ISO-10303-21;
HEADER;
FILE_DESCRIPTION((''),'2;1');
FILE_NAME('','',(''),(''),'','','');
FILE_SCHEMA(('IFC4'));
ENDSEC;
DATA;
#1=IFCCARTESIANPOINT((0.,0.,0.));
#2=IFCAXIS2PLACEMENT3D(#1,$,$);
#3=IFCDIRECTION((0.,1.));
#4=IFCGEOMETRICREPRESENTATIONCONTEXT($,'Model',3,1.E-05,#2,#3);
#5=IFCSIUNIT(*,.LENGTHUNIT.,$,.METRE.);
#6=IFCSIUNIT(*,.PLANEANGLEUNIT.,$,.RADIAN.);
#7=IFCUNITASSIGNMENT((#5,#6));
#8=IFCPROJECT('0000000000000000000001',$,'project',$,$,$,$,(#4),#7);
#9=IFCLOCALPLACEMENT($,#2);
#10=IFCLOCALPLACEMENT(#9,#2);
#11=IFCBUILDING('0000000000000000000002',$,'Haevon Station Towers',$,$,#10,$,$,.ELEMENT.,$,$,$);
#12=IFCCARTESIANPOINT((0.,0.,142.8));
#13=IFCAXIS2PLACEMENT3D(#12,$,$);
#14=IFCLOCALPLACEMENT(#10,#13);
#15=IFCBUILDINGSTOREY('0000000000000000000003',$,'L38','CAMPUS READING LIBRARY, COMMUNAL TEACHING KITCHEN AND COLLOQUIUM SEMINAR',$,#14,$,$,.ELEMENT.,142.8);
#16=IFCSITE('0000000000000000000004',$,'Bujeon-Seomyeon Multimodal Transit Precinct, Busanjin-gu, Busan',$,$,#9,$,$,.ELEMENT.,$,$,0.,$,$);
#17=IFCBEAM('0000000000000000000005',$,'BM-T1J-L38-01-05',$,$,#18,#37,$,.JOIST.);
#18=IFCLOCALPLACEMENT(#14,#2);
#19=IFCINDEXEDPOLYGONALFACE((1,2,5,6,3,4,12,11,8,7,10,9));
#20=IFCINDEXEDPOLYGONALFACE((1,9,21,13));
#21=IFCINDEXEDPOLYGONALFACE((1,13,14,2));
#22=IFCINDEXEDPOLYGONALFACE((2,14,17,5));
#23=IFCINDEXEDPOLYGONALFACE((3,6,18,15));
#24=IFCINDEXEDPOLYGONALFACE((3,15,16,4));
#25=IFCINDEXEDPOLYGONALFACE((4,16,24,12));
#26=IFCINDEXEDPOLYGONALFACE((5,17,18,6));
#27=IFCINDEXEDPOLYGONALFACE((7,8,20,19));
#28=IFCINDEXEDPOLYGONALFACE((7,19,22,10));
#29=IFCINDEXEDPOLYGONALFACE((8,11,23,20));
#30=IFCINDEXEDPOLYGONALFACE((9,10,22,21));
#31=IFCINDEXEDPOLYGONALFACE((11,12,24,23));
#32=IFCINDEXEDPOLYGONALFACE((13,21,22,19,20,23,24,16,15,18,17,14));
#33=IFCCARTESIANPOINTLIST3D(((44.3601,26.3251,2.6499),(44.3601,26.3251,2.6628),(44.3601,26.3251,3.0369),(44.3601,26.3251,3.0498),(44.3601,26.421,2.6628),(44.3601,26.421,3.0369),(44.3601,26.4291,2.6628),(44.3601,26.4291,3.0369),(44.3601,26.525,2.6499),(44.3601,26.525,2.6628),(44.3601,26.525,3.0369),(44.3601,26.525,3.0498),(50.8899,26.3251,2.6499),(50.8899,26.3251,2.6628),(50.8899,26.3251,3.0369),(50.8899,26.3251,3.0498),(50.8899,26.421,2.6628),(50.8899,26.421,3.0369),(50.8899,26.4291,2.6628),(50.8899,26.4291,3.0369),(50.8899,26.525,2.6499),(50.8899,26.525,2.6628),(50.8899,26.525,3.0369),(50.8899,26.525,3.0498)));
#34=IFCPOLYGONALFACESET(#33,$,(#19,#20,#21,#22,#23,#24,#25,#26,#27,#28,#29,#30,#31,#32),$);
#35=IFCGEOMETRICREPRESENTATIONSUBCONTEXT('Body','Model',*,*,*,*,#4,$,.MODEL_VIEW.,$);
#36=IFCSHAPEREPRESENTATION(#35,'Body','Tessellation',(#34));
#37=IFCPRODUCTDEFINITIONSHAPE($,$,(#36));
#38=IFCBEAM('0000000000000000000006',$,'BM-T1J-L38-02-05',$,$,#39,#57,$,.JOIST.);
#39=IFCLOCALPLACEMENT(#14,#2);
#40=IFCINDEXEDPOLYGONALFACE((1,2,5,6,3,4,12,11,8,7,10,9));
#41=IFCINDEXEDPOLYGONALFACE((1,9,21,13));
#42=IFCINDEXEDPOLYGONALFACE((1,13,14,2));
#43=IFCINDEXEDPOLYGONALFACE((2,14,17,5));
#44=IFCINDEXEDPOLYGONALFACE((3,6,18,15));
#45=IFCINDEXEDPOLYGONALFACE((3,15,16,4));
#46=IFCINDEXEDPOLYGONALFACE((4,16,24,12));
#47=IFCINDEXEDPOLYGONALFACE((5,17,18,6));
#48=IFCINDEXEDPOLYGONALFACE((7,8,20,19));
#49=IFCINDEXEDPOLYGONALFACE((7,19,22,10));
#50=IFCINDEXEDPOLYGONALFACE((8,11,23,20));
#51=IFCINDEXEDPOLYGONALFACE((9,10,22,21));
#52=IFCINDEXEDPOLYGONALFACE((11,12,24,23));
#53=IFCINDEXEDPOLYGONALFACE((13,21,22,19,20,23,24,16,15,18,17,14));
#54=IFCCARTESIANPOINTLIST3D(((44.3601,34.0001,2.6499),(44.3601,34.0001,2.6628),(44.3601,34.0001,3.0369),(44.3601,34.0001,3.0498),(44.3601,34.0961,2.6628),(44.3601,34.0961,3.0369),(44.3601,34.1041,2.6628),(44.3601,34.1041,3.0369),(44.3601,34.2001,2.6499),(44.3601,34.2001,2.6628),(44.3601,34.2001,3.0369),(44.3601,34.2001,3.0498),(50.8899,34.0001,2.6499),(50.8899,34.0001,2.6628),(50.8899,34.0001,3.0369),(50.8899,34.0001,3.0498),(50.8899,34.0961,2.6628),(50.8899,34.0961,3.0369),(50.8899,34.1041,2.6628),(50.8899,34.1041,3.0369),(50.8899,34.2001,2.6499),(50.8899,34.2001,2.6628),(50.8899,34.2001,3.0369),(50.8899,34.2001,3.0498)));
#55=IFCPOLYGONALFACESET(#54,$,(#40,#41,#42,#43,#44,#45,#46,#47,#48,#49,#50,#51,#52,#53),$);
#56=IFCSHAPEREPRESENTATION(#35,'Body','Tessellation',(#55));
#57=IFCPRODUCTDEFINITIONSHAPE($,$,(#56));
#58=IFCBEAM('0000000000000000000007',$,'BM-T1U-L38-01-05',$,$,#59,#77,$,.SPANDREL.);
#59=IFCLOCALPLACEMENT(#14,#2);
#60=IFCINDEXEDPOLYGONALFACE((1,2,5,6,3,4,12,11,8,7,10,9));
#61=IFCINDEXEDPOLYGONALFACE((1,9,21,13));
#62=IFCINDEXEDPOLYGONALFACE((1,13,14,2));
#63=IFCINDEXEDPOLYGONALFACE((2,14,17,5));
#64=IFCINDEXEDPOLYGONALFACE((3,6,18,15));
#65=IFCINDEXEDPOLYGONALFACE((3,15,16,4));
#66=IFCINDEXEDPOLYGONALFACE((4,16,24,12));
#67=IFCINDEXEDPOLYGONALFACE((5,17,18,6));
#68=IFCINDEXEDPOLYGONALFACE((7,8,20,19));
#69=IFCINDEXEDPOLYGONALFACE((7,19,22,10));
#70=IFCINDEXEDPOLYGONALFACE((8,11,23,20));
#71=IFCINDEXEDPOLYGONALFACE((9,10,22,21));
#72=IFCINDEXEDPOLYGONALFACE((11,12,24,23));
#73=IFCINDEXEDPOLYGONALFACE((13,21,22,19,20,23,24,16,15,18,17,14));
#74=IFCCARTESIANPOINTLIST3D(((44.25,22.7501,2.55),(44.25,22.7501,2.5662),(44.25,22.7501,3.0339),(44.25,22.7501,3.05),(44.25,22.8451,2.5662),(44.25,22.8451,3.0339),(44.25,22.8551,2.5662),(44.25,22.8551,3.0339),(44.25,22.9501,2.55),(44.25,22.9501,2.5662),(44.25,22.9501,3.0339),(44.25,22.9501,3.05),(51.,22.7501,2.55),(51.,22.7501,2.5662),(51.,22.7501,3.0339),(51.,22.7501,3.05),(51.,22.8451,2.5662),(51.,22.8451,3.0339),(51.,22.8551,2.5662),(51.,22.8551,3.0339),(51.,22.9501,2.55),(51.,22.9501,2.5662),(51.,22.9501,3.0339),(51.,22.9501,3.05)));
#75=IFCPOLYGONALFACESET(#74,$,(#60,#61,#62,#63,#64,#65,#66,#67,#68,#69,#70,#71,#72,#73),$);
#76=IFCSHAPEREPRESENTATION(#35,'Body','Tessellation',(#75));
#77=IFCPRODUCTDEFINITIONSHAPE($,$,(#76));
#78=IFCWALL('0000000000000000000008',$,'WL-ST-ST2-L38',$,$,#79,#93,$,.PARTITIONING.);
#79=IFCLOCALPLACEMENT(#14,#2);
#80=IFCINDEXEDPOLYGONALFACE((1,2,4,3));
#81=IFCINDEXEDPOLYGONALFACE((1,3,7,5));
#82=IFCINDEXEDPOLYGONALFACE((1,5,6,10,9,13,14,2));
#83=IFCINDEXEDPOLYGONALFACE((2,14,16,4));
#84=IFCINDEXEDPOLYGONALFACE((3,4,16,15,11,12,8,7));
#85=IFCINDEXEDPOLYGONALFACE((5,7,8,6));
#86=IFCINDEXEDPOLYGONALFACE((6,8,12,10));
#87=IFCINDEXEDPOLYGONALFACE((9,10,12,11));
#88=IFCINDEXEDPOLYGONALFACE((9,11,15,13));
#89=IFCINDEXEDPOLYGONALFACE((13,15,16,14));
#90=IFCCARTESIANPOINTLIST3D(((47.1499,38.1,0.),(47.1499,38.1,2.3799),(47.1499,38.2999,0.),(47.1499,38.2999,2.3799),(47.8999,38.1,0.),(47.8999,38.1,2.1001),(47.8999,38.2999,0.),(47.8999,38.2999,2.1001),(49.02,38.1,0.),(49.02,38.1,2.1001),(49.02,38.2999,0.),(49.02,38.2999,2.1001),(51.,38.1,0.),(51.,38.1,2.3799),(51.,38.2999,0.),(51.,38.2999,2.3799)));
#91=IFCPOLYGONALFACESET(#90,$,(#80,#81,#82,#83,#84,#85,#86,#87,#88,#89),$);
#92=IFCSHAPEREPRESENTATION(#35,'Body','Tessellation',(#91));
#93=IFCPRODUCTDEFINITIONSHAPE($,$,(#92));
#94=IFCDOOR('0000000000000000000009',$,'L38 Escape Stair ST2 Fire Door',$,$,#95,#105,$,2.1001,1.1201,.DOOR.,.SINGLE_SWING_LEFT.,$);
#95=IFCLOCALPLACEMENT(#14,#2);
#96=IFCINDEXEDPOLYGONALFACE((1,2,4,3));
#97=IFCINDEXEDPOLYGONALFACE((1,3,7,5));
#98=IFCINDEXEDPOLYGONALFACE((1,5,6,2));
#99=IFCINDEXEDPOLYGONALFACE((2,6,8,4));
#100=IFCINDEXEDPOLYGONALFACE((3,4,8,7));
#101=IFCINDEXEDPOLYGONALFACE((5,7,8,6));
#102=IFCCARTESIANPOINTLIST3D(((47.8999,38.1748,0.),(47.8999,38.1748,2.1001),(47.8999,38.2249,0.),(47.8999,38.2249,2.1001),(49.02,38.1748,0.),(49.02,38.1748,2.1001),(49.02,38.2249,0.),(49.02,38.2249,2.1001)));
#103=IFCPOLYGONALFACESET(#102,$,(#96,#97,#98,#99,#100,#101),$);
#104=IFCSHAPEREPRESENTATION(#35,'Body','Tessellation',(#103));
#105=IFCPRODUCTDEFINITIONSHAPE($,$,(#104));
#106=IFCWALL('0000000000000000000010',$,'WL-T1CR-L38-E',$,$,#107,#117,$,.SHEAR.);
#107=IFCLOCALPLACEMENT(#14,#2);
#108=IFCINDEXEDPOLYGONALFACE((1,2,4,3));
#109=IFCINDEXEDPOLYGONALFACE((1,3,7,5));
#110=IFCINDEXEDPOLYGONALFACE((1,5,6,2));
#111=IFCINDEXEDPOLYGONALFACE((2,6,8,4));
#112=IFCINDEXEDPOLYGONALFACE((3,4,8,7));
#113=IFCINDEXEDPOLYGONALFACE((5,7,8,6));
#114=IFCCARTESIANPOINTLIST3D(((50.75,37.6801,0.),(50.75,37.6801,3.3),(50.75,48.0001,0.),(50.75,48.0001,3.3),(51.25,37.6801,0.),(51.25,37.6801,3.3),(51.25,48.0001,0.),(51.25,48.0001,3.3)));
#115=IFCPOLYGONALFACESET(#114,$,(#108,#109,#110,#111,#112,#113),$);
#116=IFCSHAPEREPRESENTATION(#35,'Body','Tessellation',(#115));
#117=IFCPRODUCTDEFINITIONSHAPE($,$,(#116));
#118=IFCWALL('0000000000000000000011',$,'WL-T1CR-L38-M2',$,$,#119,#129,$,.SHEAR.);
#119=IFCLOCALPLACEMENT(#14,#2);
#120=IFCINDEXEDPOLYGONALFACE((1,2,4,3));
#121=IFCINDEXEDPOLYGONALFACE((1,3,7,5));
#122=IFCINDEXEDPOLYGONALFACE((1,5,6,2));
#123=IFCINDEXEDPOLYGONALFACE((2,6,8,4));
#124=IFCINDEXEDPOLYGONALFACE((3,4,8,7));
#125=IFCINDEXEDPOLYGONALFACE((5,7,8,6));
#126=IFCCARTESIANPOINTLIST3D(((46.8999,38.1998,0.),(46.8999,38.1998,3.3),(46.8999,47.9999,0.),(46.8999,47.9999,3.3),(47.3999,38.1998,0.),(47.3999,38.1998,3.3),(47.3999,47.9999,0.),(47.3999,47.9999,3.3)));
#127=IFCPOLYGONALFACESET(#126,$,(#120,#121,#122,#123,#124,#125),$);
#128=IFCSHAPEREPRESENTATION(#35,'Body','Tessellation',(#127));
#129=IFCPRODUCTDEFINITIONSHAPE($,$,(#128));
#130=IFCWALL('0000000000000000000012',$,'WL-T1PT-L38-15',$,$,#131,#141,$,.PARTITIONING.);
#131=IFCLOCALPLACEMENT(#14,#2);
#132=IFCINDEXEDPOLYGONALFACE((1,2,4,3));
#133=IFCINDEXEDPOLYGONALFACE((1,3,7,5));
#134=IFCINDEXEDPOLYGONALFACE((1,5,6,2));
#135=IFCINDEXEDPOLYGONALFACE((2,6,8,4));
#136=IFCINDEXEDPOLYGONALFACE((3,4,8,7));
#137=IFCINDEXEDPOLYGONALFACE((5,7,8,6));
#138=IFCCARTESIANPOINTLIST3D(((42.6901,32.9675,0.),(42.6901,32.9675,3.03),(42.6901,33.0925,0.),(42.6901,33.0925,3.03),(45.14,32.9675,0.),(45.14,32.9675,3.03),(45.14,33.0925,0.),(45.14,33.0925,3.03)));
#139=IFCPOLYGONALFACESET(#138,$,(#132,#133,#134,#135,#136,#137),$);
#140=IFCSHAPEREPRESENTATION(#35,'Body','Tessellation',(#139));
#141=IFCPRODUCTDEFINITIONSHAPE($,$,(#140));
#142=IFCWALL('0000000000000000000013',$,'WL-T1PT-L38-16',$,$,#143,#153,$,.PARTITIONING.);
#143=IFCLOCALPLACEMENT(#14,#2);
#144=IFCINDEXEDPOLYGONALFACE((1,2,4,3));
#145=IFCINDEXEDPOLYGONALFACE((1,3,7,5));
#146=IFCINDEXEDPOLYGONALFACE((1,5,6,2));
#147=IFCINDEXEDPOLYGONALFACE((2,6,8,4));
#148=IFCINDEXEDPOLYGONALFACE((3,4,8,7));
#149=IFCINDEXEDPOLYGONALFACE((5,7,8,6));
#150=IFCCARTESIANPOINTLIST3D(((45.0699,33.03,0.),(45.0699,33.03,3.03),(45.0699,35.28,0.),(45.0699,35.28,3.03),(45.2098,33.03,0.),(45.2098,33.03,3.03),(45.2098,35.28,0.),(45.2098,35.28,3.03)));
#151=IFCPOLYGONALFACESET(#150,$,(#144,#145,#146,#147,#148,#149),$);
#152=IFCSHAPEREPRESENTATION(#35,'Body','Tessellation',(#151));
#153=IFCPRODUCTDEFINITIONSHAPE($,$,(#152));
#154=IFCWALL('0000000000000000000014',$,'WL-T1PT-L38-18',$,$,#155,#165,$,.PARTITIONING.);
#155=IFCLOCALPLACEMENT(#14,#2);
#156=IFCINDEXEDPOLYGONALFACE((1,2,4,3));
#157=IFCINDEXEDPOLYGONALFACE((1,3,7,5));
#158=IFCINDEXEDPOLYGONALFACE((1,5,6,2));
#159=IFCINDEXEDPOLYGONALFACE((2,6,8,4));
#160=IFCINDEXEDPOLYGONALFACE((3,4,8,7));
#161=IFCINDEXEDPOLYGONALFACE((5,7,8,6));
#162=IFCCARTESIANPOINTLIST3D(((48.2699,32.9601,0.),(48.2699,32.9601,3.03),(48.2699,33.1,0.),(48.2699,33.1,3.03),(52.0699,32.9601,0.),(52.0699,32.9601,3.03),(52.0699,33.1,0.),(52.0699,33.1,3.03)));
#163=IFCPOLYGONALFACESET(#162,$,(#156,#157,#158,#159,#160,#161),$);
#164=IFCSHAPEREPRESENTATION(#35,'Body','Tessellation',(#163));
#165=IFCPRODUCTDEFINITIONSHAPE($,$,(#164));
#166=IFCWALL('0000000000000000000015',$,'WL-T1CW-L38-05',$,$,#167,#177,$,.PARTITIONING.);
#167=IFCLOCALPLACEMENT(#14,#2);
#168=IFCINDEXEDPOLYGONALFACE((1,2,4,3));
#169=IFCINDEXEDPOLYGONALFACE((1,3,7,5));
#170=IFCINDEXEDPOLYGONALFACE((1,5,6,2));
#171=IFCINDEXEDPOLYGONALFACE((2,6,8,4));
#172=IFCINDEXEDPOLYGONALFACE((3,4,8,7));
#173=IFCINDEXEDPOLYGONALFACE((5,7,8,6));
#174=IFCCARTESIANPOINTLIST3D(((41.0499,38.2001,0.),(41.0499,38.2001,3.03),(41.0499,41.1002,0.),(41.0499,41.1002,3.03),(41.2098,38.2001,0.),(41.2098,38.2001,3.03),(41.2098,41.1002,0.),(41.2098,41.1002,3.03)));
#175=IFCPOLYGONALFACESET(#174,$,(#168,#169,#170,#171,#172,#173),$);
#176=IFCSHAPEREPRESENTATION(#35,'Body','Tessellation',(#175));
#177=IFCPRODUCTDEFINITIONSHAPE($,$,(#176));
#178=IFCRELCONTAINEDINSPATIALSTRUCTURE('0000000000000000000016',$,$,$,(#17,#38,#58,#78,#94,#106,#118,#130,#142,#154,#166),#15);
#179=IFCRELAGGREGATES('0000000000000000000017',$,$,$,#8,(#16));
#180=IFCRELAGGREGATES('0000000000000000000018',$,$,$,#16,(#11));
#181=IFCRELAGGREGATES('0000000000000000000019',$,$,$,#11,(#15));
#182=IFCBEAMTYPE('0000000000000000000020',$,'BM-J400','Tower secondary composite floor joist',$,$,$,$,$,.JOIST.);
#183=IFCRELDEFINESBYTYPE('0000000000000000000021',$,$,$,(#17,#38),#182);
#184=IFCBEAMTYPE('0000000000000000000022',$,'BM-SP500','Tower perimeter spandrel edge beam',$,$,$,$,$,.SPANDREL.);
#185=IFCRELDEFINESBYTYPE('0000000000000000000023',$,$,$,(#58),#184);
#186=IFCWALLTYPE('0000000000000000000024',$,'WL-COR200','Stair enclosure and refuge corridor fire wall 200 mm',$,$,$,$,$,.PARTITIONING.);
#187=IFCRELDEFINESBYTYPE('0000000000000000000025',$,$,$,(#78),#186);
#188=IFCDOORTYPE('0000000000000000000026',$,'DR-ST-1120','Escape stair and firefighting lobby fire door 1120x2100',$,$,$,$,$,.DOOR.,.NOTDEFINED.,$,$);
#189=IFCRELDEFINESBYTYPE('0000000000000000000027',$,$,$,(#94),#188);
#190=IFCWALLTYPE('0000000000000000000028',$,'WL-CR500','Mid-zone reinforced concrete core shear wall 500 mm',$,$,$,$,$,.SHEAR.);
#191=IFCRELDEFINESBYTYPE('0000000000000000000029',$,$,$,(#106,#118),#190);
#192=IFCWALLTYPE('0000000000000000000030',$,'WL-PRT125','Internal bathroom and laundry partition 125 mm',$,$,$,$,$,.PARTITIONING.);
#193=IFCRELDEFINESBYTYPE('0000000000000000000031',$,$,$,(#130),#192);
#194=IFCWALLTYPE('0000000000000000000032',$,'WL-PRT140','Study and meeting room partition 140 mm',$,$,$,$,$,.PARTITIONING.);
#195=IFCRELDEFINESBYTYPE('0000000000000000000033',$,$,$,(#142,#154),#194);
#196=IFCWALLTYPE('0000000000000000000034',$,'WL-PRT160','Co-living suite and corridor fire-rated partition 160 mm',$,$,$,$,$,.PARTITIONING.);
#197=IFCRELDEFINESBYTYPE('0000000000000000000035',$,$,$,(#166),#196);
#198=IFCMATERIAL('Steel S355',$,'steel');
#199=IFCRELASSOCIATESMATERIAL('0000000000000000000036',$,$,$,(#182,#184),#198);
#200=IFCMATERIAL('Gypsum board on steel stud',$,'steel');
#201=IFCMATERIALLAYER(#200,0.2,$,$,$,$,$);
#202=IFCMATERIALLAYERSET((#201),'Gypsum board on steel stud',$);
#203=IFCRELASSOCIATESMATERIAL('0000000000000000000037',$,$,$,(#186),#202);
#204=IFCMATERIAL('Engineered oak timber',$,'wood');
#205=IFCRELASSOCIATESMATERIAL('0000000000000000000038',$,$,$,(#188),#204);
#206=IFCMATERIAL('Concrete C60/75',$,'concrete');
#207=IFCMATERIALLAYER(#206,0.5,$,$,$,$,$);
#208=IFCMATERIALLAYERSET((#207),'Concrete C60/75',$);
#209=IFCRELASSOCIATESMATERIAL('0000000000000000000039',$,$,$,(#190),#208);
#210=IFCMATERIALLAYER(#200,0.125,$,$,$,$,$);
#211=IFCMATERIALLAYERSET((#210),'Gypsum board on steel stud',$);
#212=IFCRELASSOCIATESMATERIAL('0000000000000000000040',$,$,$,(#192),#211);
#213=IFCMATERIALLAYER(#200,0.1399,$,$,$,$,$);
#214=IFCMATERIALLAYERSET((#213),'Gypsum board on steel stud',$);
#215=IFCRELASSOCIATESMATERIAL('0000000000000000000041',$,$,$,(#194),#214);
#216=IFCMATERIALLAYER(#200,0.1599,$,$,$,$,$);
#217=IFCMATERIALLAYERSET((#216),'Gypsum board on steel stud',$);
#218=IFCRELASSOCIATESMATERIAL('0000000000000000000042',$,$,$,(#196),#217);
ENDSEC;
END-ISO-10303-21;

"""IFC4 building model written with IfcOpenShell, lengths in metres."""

from ifc_helpers import new_model, si_unit, direction, frame, frame_2d, origin, origin_2d, place, context, subcontext, project, spatial, rectangle, i_section, extrude, material, layer, layer_set, material_profile, profile_set, type_object, element, fill, save


model = new_model("IFC4")

# Units and contexts
model_context = context("Model", 3, precision=1e-05, world=origin(), true_north=direction((0.0, 1.0)))
body_context = subcontext(model_context, "Body", "Model", "MODEL_VIEW")
ifc_project = project(units=[si_unit("LENGTHUNIT", "METRE"), si_unit("PLANEANGLEUNIT", "RADIAN")], contexts=[model_context])

# Site, building, storey
site_placement = place(None, origin())
site = spatial("IfcSite", under=ifc_project, at=site_placement, Name="Bujeon-Seomyeon Multimodal Transit Precinct, Busanjin-gu, Busan", CompositionType="ELEMENT", RefElevation=0.0)
building_placement = place(site_placement, origin())
building = spatial("IfcBuilding", under=site, at=building_placement, Name="Haevon Station Towers", CompositionType="ELEMENT")
storey_placement = place(building_placement, frame((0.0, 0.0, 142.8)))
storey = spatial("IfcBuildingStorey", under=building, at=storey_placement, Name="L38", Description="CAMPUS READING LIBRARY, COMMUNAL TEACHING KITCHEN AND COLLOQUIUM SEMINAR", CompositionType="ELEMENT", Elevation=142.8)

# Shared definitions
ifc_material_1 = material(Name="Steel S355", Category="steel")

# Beams
ifc_material_profile_1 = material_profile(ifc_material_1, i_section(OverallWidth=0.2, OverallDepth=0.3999, WebThickness=0.0081, FlangeThickness=0.0129, at=origin_2d()), Name="H-400x200x8x13")
ifc_profile_set_1 = profile_set([ifc_material_profile_1], Name="Steel S355")
beam_type_1 = type_object("IfcBeamType", Name="BM-J400", Description="Tower secondary composite floor joist", PredefinedType="JOIST", material=ifc_profile_set_1)
for number, where, z_axis, x_axis, name in (
    (1, (44.3601, 26.425, 2.8499), (1.0, 0.0, 0.0), (0.0, 1.0, 0.0), "BM-T1J-L38-01-05"),
    (2, (44.3601, 34.1001, 2.8499), (1.0, 0.0, 0.0), (0.0, 1.0, 0.0), "BM-T1J-L38-02-05"),
):
    element("IfcBeam", number, at=place(storey_placement, frame(where, z_axis=z_axis, x_axis=x_axis)), inside=storey, type_object=beam_type_1, Name=name, PredefinedType="JOIST", context=body_context, shape_type="SweptSolid", body=[
        extrude(i_section(OverallWidth=0.2, OverallDepth=0.3999, WebThickness=0.0081, FlangeThickness=0.0129, at=origin_2d()), origin(), (0.0, 0.0, 1.0), 6.5298),
    ])
ifc_material_profile_2 = material_profile(ifc_material_1, i_section(OverallWidth=0.2, OverallDepth=0.5, WebThickness=0.01, FlangeThickness=0.0161, at=origin_2d()), Name="H-500x200x10x16")
ifc_profile_set_2 = profile_set([ifc_material_profile_2], Name="Steel S355")
beam_type_2 = type_object("IfcBeamType", Name="BM-SP500", Description="Tower perimeter spandrel edge beam", PredefinedType="SPANDREL", material=ifc_profile_set_2)
beam_1_placement = place(storey_placement, frame((44.25, 22.8501, 2.8), z_axis=(1.0, 0.0, 0.0), x_axis=(0.0, 1.0, 0.0)))
element("IfcBeam", 3, at=beam_1_placement, inside=storey, type_object=beam_type_2, Name="BM-T1U-L38-01-05", PredefinedType="SPANDREL", context=body_context, shape_type="SweptSolid", body=[
    extrude(i_section(OverallWidth=0.2, OverallDepth=0.5, WebThickness=0.01, FlangeThickness=0.0161, at=origin_2d()), origin(), (0.0, 0.0, 1.0), 6.75),
])

# Wall, opening, door
ifc_material_2 = material(Name="Gypsum board on steel stud", Category="steel")
ifc_layer_1 = layer(ifc_material_2, 0.2)
ifc_layer_set_1 = layer_set([ifc_layer_1], Name="Gypsum board on steel stud")
wall_type_1 = type_object("IfcWallType", Name="WL-COR200", Description="Stair enclosure and refuge corridor fire wall 200 mm", PredefinedType="PARTITIONING", material=ifc_layer_set_1)
wall_1_placement = place(storey_placement, frame((47.1499, 38.2, 0.0), z_axis=(0.0, 0.0, 1.0), x_axis=(1.0, 0.0, 0.0)))
wall_1 = element("IfcWall", 4, at=wall_1_placement, inside=storey, type_object=wall_type_1, Name="WL-ST-ST2-L38", PredefinedType="PARTITIONING", context=body_context, shape_type="SweptSolid", body=[
    extrude(rectangle(XDim=3.8501, YDim=0.2, at=frame_2d((1.925, 0.0))), origin(), (0.0, 0.0, 1.0), 2.3799),
])
opening_placement = place(wall_1_placement, frame((0.75, 0.0, 0.0)))
opening = element("IfcOpeningElement", 5, at=opening_placement, cuts=wall_1, PredefinedType="OPENING", context=body_context, shape_type="SweptSolid", body=[
    extrude(rectangle(XDim=1.1201, YDim=2.1001, at=frame_2d((0.5601, 1.05))), frame((0.0, 0.1099, 0.0), z_axis=(0.0, -1.0, 0.0), x_axis=(1.0, 0.0, 0.0)), (0.0, 0.0, 1.0), 0.22),
])
ifc_material_3 = material(Name="Engineered oak timber", Category="wood")
door_type = type_object("IfcDoorType", Name="DR-ST-1120", Description="Escape stair and firefighting lobby fire door 1120x2100", OperationType="NOTDEFINED", PredefinedType="DOOR", material=ifc_material_3)
door_placement = place(opening_placement, origin())
door = element("IfcDoor", 6, at=door_placement, inside=storey, type_object=door_type, Name="L38 Escape Stair ST2 Fire Door", OperationType="SINGLE_SWING_LEFT", OverallHeight=2.1001, OverallWidth=1.1201, PredefinedType="DOOR", context=body_context, shape_type="SweptSolid", body=[
    extrude(rectangle(XDim=1.1201, YDim=2.1001, at=frame_2d((0.5601, 1.05))), frame((0.0, 0.0249, 0.0), z_axis=(0.0, -1.0, 0.0), x_axis=(1.0, 0.0, 0.0)), (0.0, 0.0, 1.0), 0.05),
])
fill(opening, door)

# Walls
ifc_material_4 = material(Name="Concrete C60/75", Category="concrete")
ifc_layer_2 = layer(ifc_material_4, 0.5)
ifc_layer_set_2 = layer_set([ifc_layer_2], Name="Concrete C60/75")
wall_type_2 = type_object("IfcWallType", Name="WL-CR500", Description="Mid-zone reinforced concrete core shear wall 500 mm", PredefinedType="SHEAR", material=ifc_layer_set_2)
wall_2_placement = place(storey_placement, frame((51.0, 37.6799, 0.0), z_axis=(0.0, 0.0, 1.0), x_axis=(0.0, 1.0, 0.0)))
element("IfcWall", 7, at=wall_2_placement, inside=storey, type_object=wall_type_2, Name="WL-T1CR-L38-E", PredefinedType="SHEAR", context=body_context, shape_type="SweptSolid", body=[
    extrude(rectangle(XDim=10.3201, YDim=0.5, at=frame_2d((5.1602, 0.0))), origin(), (0.0, 0.0, 1.0), 3.3),
])
wall_3_placement = place(storey_placement, frame((47.1499, 38.2, 0.0), z_axis=(0.0, 0.0, 1.0), x_axis=(0.0, 1.0, 0.0)))
element("IfcWall", 8, at=wall_3_placement, inside=storey, type_object=wall_type_2, Name="WL-T1CR-L38-M2", PredefinedType="SHEAR", context=body_context, shape_type="SweptSolid", body=[
    extrude(rectangle(XDim=9.8, YDim=0.5, at=frame_2d((4.8999, 0.0))), origin(), (0.0, 0.0, 1.0), 3.3),
])
ifc_layer_3 = layer(ifc_material_2, 0.125)
ifc_layer_set_3 = layer_set([ifc_layer_3], Name="Gypsum board on steel stud")
wall_type_3 = type_object("IfcWallType", Name="WL-PRT125", Description="Internal bathroom and laundry partition 125 mm", PredefinedType="PARTITIONING", material=ifc_layer_set_3)
wall_4_placement = place(storey_placement, frame((42.6899, 33.03, 0.0), z_axis=(0.0, 0.0, 1.0), x_axis=(1.0, 0.0, 0.0)))
element("IfcWall", 9, at=wall_4_placement, inside=storey, type_object=wall_type_3, Name="WL-T1PT-L38-15", PredefinedType="PARTITIONING", context=body_context, shape_type="SweptSolid", body=[
    extrude(rectangle(XDim=2.45, YDim=0.125, at=frame_2d((1.2251, 0.0))), origin(), (0.0, 0.0, 1.0), 3.03),
])
ifc_layer_4 = layer(ifc_material_2, 0.1399)
ifc_layer_set_4 = layer_set([ifc_layer_4], Name="Gypsum board on steel stud")
wall_type_4 = type_object("IfcWallType", Name="WL-PRT140", Description="Study and meeting room partition 140 mm", PredefinedType="PARTITIONING", material=ifc_layer_set_4)
wall_5_placement = place(storey_placement, frame((45.1399, 33.03, 0.0), z_axis=(0.0, 0.0, 1.0), x_axis=(0.0, 1.0, 0.0)))
element("IfcWall", 10, at=wall_5_placement, inside=storey, type_object=wall_type_4, Name="WL-T1PT-L38-16", PredefinedType="PARTITIONING", context=body_context, shape_type="SweptSolid", body=[
    extrude(rectangle(XDim=2.25, YDim=0.1399, at=frame_2d((1.125, 0.0))), origin(), (0.0, 0.0, 1.0), 3.03),
])
wall_6_placement = place(storey_placement, frame((48.27, 33.03, 0.0), z_axis=(0.0, 0.0, 1.0), x_axis=(1.0, 0.0, 0.0)))
element("IfcWall", 11, at=wall_6_placement, inside=storey, type_object=wall_type_4, Name="WL-T1PT-L38-18", PredefinedType="PARTITIONING", context=body_context, shape_type="SweptSolid", body=[
    extrude(rectangle(XDim=3.8, YDim=0.1399, at=frame_2d((1.8999, 0.0))), origin(), (0.0, 0.0, 1.0), 3.03),
])
ifc_layer_5 = layer(ifc_material_2, 0.1599)
ifc_layer_set_5 = layer_set([ifc_layer_5], Name="Gypsum board on steel stud")
wall_type_5 = type_object("IfcWallType", Name="WL-PRT160", Description="Co-living suite and corridor fire-rated partition 160 mm", PredefinedType="PARTITIONING", material=ifc_layer_set_5)
for number, where, z_axis, x_axis, name in (
    (12, (41.1299, 38.2, 0.0), (0.0, 0.0, 1.0), (0.0, 1.0, 0.0), "WL-T1CW-L38-05"),
):
    element("IfcWall", number, at=place(storey_placement, frame(where, z_axis=z_axis, x_axis=x_axis)), inside=storey, type_object=wall_type_5, Name=name, PredefinedType="PARTITIONING", context=body_context, shape_type="SweptSolid", body=[
        extrude(rectangle(XDim=2.9001, YDim=0.1599, at=frame_2d((1.4502, 0.0))), origin(), (0.0, 0.0, 1.0), 3.03),
    ])

save(model, "model.ifc")
